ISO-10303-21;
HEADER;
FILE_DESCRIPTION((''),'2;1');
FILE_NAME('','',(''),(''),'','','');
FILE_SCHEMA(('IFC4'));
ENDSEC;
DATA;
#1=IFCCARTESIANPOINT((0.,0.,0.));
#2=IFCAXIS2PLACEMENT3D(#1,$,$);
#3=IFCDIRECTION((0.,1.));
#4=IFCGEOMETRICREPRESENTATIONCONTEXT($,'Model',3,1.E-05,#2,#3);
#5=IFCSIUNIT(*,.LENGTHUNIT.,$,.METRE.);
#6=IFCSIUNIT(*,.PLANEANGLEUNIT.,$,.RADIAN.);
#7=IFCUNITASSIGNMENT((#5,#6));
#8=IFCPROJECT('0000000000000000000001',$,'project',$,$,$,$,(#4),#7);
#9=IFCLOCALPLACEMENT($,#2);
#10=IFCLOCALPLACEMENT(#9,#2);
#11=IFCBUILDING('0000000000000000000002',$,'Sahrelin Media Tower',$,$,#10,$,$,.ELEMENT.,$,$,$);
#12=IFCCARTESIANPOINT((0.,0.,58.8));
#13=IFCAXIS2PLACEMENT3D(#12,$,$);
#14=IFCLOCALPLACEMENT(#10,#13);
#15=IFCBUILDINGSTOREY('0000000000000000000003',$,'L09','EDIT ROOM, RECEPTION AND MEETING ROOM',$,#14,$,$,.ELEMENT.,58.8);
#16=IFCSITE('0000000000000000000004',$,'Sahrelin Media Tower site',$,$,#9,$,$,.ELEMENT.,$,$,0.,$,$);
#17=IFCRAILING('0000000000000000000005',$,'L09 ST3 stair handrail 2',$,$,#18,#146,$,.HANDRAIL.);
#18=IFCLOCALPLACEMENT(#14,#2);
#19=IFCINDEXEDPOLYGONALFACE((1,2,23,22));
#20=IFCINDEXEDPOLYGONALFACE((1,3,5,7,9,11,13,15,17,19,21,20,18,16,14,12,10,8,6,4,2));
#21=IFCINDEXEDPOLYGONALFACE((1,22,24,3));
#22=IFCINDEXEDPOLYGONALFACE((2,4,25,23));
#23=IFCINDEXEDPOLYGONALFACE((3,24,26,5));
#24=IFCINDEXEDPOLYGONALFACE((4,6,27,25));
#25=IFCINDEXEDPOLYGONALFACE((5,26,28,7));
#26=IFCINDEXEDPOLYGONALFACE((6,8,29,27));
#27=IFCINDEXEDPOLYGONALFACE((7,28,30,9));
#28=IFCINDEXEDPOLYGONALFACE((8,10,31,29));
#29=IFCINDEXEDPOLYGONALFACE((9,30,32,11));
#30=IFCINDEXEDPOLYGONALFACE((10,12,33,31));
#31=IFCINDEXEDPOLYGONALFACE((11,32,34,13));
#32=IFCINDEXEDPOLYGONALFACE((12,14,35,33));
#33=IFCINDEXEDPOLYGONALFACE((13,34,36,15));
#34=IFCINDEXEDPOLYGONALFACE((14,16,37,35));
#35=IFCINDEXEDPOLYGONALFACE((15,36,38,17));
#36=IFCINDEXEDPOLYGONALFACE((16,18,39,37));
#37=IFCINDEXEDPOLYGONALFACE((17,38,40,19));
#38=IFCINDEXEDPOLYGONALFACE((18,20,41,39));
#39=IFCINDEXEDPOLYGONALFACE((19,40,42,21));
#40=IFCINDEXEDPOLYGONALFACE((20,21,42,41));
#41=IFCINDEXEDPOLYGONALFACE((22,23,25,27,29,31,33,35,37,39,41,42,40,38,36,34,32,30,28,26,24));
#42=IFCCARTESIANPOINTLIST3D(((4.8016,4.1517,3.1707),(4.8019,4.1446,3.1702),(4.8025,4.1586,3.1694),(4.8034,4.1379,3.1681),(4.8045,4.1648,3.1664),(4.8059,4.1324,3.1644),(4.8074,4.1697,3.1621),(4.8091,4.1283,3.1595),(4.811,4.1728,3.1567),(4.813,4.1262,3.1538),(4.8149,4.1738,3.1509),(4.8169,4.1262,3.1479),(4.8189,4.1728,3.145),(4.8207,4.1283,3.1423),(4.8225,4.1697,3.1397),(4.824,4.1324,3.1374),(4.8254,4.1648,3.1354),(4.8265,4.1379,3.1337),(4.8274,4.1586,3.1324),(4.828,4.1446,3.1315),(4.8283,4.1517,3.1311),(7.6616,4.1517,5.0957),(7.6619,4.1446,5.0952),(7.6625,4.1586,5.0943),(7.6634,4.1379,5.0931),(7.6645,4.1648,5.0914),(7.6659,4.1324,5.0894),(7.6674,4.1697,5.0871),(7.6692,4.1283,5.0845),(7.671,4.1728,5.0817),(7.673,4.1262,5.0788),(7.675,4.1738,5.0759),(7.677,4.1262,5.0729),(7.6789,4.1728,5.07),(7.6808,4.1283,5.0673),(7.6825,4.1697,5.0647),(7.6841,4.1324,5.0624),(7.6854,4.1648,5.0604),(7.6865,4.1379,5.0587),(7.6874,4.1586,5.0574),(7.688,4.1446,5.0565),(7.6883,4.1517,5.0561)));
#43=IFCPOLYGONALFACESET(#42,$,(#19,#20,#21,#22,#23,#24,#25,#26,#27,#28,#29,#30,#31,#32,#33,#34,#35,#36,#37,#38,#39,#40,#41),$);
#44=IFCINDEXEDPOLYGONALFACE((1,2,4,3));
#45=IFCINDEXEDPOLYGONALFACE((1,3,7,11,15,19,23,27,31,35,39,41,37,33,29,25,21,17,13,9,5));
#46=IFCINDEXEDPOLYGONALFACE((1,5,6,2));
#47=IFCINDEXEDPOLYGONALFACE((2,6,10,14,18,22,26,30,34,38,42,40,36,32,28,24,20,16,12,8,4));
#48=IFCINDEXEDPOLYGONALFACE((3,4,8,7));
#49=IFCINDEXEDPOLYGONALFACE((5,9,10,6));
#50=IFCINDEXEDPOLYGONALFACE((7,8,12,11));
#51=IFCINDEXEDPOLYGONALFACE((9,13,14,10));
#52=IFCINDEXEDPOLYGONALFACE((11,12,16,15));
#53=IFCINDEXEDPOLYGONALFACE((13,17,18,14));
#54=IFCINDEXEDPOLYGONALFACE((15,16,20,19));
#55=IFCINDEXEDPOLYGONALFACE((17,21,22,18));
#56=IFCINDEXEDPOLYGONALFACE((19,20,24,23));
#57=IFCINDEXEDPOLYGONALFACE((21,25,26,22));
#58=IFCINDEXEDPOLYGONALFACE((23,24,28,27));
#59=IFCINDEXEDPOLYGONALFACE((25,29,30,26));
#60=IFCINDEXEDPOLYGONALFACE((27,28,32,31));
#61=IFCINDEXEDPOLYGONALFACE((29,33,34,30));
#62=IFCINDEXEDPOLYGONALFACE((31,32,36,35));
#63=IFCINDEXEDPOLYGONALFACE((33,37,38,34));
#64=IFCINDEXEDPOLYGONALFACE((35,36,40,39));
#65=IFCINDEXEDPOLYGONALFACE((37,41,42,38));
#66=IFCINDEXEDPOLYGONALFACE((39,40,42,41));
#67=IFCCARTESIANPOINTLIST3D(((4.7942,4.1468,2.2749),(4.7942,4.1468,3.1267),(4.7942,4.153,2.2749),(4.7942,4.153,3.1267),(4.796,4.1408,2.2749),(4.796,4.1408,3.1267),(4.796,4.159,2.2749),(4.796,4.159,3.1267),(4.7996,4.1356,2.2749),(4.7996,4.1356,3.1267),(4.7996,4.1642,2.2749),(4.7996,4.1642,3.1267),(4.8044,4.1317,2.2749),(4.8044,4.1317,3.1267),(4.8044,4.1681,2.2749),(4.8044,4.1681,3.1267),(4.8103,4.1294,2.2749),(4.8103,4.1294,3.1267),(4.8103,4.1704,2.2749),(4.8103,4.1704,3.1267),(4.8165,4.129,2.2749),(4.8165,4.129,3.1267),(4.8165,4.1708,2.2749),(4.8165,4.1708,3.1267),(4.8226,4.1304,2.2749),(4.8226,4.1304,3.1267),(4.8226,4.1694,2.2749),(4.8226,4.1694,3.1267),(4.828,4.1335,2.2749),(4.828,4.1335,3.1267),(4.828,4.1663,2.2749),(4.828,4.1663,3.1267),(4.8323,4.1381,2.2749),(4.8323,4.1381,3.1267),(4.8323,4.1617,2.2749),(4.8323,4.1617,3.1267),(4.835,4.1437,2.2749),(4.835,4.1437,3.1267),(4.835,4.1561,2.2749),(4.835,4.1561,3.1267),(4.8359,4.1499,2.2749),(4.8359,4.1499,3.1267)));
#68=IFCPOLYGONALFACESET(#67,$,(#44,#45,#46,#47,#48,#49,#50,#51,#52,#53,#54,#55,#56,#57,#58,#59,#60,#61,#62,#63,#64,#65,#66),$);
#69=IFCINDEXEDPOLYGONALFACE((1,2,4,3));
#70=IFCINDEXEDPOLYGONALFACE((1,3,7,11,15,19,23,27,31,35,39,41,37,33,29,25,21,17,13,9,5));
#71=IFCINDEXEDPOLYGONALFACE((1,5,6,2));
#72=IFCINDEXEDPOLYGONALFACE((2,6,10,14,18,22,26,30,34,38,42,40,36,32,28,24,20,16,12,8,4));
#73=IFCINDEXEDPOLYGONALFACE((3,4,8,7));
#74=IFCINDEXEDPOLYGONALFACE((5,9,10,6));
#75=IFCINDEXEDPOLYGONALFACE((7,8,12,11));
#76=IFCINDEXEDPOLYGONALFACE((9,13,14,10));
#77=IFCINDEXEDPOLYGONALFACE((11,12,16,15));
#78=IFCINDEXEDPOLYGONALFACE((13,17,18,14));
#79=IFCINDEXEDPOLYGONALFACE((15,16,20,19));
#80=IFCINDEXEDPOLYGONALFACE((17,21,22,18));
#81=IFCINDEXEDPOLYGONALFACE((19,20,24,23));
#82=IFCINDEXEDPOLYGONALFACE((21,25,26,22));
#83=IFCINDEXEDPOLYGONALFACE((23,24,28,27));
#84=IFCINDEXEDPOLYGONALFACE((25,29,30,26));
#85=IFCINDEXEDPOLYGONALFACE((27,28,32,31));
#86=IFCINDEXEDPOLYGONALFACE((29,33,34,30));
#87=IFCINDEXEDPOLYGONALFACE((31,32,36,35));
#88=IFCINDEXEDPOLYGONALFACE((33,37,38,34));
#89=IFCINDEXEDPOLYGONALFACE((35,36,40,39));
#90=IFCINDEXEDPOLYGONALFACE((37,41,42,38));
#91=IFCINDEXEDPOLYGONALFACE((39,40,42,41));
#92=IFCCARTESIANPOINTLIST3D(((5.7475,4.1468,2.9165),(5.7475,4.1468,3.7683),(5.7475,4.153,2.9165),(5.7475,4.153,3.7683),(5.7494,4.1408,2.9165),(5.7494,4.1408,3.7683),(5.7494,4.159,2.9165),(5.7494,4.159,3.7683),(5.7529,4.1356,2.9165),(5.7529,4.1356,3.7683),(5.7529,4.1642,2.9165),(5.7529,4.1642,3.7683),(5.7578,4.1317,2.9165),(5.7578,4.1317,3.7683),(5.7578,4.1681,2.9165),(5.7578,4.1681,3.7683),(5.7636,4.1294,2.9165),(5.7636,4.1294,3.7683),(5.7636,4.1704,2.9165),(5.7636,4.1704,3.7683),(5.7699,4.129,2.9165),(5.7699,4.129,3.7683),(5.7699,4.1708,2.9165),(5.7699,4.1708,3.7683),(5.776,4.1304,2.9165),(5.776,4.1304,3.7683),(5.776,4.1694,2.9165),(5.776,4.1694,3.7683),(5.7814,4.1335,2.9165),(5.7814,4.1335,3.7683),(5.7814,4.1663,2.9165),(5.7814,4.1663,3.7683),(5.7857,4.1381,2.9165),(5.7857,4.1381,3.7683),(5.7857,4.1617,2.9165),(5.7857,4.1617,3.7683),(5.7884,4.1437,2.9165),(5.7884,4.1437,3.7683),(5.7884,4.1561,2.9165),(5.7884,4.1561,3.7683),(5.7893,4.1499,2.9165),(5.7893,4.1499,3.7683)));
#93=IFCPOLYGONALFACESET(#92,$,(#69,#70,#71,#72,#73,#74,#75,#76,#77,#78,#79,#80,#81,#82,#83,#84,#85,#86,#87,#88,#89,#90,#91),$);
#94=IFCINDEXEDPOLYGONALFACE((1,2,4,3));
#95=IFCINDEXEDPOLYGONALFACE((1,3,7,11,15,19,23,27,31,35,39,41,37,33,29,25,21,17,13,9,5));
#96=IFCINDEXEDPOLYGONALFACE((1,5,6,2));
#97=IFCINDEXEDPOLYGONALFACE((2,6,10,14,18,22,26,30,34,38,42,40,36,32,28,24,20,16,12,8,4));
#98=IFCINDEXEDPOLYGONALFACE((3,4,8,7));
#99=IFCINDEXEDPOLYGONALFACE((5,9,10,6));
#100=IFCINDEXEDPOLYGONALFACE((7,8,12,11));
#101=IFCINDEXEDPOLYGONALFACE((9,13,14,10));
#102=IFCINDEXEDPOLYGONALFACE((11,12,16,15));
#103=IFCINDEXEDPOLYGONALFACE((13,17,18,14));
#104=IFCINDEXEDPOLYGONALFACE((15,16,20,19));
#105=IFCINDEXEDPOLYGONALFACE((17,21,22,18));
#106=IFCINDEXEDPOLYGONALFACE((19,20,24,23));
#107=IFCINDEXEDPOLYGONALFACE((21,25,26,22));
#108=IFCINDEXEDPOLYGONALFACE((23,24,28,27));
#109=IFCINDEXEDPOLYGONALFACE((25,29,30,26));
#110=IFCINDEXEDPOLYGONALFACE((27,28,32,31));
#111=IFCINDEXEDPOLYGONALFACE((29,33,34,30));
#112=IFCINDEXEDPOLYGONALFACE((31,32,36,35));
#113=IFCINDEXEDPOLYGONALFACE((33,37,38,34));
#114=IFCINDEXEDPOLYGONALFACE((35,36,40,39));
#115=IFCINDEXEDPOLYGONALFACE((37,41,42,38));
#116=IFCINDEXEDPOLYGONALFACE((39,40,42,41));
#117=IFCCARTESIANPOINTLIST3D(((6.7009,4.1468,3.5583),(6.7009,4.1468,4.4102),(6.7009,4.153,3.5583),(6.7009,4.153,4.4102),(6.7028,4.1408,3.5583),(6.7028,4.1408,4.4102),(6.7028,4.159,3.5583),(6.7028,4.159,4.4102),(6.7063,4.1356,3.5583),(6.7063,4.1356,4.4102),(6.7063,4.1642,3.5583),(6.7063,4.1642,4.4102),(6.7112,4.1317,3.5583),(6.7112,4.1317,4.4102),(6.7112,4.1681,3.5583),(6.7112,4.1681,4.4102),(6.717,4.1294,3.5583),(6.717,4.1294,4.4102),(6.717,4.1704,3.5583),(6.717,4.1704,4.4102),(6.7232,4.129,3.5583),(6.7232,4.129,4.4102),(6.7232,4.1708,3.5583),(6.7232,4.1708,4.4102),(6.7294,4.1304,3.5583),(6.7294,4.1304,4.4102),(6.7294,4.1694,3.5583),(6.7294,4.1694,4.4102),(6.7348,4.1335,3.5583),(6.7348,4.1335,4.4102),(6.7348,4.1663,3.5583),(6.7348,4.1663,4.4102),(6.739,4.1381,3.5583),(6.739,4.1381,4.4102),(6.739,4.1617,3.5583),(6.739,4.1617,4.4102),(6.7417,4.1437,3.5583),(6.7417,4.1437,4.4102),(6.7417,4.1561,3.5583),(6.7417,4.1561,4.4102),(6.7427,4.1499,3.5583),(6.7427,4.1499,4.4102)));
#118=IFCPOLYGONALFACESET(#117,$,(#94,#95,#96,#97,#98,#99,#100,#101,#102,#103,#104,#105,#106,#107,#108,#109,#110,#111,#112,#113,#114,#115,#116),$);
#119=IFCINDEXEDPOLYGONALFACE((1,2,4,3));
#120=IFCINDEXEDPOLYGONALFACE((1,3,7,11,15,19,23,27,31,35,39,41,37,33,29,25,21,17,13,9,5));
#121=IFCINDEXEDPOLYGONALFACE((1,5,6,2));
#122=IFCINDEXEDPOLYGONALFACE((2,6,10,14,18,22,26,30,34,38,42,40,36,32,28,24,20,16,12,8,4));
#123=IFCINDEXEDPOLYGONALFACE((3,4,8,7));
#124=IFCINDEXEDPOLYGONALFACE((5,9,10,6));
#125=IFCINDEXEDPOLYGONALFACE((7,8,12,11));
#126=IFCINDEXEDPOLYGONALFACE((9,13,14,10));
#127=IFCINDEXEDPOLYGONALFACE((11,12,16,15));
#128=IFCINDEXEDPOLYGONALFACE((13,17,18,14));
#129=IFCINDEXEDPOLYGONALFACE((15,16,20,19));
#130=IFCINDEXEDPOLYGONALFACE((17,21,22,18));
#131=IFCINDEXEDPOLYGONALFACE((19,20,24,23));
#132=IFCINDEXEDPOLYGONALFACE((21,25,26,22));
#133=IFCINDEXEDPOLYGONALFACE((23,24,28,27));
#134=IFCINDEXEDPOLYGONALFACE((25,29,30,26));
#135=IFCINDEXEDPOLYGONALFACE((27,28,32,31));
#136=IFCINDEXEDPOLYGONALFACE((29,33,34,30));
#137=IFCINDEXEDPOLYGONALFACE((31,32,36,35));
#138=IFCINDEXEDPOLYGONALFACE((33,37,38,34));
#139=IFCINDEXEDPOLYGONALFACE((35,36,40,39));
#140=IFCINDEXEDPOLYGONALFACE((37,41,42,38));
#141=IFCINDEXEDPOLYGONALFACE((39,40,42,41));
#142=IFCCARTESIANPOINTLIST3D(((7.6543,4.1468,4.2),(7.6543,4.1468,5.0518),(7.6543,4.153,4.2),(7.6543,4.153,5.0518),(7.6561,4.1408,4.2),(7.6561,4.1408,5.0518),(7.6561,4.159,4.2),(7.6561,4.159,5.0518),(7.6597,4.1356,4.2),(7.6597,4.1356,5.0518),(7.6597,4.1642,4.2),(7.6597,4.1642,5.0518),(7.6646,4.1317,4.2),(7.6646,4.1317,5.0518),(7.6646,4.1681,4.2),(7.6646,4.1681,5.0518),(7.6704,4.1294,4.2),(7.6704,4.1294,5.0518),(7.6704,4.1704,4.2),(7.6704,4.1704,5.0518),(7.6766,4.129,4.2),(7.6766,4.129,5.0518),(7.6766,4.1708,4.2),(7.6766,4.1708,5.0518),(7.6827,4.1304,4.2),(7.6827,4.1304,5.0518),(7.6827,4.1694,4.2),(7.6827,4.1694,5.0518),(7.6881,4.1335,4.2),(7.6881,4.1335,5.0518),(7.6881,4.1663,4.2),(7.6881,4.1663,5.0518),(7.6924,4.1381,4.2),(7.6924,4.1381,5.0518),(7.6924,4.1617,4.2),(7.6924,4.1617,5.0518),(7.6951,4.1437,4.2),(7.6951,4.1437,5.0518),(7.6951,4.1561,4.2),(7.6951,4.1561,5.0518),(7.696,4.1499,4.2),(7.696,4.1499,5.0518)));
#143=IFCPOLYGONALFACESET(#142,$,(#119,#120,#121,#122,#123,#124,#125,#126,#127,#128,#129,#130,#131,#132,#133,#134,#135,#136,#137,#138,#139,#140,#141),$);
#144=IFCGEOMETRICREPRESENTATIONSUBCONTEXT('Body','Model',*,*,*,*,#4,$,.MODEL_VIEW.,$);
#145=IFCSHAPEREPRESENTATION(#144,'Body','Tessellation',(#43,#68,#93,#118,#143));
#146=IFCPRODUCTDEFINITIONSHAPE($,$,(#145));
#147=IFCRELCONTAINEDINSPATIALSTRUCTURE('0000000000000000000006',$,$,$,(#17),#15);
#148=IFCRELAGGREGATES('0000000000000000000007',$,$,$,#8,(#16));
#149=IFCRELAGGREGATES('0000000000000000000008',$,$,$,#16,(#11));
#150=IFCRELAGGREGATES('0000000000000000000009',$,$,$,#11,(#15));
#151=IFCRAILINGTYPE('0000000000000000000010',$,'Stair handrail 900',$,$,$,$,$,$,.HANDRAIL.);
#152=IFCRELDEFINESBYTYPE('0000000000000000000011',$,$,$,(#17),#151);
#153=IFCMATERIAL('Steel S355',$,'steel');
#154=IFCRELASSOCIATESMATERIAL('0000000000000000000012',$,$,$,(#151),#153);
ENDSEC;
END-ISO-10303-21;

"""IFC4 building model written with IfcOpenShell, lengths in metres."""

from ifc_helpers import new_model, si_unit, direction, frame, origin, origin_2d, place, context, subcontext, project, spatial, circle, extrude, material, type_object, element, save


model = new_model("IFC4")

# Units and contexts
model_context = context("Model", 3, precision=1e-05, world=origin(), true_north=direction((0.0, 1.0)))
body_context = subcontext(model_context, "Body", "Model", "MODEL_VIEW")
ifc_project = project(units=[si_unit("LENGTHUNIT", "METRE"), si_unit("PLANEANGLEUNIT", "RADIAN")], contexts=[model_context])

# Site, building, storey
site_placement = place(None, origin())
site = spatial("IfcSite", under=ifc_project, at=site_placement, Name="Sahrelin Media Tower site", CompositionType="ELEMENT", RefElevation=0.0)
building_placement = place(site_placement, origin())
building = spatial("IfcBuilding", under=site, at=building_placement, Name="Sahrelin Media Tower", CompositionType="ELEMENT")
storey_placement = place(building_placement, frame((0.0, 0.0, 58.8)))
storey = spatial("IfcBuildingStorey", under=building, at=storey_placement, Name="L09", Description="EDIT ROOM, RECEPTION AND MEETING ROOM", CompositionType="ELEMENT", Elevation=58.8)

# Shared definitions
ifc_material_1 = material(Name="Steel S355", Category="steel")

# Railing
railing_type_1 = type_object("IfcRailingType", Name="Stair handrail 900", PredefinedType="HANDRAIL", material=ifc_material_1)
railing_1_placement = place(storey_placement, frame((4.8149, 4.1499, 2.2749)))
element("IfcRailing", 1, at=railing_1_placement, inside=storey, type_object=railing_type_1, Name="L09 ST3 stair handrail 2", PredefinedType="HANDRAIL", context=body_context, shape_type="SweptSolid", body=[
    extrude(circle(Radius=0.0239, at=origin_2d()), frame((0.0, 0.0, 0.876), z_axis=(0.829591, 0.0, 0.558372), x_axis=(0.0, 1.0, 0.0)), (0.0, 0.0, 1.0), 3.4475),
    extrude(circle(Radius=0.021, at=origin_2d()), origin(), (0.0, 0.0, 1.0), 0.8518),
    extrude(circle(Radius=0.021, at=origin_2d()), frame((0.9534, 0.0, 0.6416)), (0.0, 0.0, 1.0), 0.8518),
    extrude(circle(Radius=0.021, at=origin_2d()), frame((1.9067, 0.0, 1.2834)), (0.0, 0.0, 1.0), 0.8518),
    extrude(circle(Radius=0.021, at=origin_2d()), frame((2.8601, 0.0, 1.925)), (0.0, 0.0, 1.0), 0.8518),
])

save(model, "model.ifc")
